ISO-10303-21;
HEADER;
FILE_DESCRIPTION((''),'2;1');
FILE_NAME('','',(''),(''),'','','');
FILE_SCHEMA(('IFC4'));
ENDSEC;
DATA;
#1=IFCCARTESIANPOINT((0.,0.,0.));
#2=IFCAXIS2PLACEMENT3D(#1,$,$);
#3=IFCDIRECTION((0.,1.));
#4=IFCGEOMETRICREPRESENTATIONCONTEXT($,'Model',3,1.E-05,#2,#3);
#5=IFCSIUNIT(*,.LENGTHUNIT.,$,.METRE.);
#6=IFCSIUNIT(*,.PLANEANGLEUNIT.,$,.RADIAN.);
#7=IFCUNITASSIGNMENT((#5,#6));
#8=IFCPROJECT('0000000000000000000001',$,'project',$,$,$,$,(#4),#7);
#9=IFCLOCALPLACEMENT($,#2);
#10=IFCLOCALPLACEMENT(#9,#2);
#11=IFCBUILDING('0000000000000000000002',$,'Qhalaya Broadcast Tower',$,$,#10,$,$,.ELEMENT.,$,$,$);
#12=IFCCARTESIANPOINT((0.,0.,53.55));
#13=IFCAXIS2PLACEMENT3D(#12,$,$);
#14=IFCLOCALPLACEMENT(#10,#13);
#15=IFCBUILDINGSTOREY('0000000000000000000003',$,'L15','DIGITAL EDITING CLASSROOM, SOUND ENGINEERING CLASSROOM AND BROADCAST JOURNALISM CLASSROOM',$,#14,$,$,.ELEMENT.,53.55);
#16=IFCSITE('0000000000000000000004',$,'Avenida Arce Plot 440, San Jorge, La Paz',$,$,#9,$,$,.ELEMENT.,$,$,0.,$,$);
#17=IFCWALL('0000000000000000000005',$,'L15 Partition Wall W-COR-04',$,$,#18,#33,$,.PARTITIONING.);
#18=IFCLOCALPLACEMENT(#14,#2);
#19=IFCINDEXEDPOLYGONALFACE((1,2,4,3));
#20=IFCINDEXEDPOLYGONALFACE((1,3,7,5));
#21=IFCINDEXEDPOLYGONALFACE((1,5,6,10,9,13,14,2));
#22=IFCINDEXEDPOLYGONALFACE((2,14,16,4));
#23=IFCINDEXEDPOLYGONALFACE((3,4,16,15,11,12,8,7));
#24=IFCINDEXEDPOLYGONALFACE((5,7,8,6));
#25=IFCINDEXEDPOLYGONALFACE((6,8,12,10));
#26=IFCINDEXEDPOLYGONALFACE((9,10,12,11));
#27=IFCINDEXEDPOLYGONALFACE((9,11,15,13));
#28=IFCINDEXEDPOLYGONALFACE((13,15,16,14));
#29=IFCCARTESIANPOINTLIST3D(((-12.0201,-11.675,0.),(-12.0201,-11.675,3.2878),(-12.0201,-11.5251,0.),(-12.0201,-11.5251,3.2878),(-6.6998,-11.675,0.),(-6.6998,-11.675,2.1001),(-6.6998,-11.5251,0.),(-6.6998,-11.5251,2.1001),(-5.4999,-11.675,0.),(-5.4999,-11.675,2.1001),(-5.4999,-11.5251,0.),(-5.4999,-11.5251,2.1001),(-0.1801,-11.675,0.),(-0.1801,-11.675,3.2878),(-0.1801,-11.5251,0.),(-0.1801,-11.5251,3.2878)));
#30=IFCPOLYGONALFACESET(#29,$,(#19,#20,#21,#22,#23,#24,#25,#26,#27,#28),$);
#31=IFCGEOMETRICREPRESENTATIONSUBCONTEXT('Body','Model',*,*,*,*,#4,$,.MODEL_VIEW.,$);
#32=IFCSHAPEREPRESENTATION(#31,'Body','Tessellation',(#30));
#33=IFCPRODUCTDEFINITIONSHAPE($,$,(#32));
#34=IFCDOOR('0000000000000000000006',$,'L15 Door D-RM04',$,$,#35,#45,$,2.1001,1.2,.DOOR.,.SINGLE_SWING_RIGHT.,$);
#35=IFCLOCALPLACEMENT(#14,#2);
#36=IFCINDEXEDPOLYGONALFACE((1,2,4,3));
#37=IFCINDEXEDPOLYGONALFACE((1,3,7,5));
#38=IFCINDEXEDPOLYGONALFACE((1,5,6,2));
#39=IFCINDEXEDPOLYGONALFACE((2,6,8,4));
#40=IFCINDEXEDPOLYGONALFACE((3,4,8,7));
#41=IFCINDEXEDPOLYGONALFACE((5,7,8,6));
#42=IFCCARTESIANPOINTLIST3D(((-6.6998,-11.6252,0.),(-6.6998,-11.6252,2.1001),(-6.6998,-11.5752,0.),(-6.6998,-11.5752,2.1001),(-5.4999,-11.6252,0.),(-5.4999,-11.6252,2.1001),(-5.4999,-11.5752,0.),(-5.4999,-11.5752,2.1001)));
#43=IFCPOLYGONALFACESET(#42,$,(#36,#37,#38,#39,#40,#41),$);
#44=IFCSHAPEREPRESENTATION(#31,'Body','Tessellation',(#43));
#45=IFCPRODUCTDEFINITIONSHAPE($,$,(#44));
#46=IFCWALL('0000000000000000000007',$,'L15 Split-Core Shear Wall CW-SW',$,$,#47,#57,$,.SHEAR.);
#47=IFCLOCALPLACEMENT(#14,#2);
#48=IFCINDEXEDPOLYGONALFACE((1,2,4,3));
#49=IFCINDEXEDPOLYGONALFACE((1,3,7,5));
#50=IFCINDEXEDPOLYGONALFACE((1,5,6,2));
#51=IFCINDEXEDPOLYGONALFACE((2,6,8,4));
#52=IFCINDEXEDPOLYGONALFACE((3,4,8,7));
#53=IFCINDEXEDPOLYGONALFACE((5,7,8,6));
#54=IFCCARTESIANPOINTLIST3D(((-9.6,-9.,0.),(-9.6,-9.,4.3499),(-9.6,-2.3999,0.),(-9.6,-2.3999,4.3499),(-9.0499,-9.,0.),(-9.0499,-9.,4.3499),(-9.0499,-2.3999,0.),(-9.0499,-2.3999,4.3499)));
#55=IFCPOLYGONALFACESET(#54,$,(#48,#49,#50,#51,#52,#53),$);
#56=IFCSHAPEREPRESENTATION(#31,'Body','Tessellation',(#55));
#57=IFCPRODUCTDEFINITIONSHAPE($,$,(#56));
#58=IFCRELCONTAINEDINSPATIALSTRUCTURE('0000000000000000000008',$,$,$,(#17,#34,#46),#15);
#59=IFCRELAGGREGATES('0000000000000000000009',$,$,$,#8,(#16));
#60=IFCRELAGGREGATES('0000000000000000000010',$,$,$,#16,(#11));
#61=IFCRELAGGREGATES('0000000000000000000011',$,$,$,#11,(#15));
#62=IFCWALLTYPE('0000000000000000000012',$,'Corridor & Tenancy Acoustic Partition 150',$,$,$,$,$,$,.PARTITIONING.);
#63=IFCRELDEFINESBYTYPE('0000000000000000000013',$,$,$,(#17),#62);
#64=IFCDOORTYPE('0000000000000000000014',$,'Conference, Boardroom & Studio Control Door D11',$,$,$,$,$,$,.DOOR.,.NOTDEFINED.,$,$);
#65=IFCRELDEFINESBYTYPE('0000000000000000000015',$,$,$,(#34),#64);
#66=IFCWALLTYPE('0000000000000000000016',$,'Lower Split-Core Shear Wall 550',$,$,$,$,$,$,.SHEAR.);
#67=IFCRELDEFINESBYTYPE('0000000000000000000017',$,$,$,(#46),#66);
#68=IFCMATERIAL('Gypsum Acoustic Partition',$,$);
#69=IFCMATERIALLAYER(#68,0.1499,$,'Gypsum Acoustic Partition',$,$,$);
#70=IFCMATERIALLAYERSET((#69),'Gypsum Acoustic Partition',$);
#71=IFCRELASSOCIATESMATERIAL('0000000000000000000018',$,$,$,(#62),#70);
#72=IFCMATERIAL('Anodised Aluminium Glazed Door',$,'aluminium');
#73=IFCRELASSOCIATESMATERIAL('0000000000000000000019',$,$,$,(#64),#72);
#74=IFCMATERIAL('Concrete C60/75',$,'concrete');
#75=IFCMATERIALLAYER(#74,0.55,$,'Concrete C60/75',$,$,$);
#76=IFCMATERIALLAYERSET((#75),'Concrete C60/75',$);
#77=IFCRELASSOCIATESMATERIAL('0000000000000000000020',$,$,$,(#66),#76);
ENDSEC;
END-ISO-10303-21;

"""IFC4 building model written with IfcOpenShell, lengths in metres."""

from ifc_helpers import new_model, si_unit, direction, frame, frame_2d, origin, place, context, subcontext, project, spatial, rectangle, extrude, material, layer, layer_set, type_object, element, fill, save


model = new_model("IFC4")

# Units and contexts
model_context = context("Model", 3, precision=1e-05, world=origin(), true_north=direction((0.0, 1.0)))
body_context = subcontext(model_context, "Body", "Model", "MODEL_VIEW")
ifc_project = project(units=[si_unit("LENGTHUNIT", "METRE"), si_unit("PLANEANGLEUNIT", "RADIAN")], contexts=[model_context])

# Site, building, storey
site_placement = place(None, origin())
site = spatial("IfcSite", under=ifc_project, at=site_placement, Name="Avenida Arce Plot 440, San Jorge, La Paz", CompositionType="ELEMENT", RefElevation=0.0)
building_placement = place(site_placement, origin())
building = spatial("IfcBuilding", under=site, at=building_placement, Name="Qhalaya Broadcast Tower", CompositionType="ELEMENT")
storey_placement = place(building_placement, frame((0.0, 0.0, 53.55)))
storey = spatial("IfcBuildingStorey", under=building, at=storey_placement, Name="L15", Description="DIGITAL EDITING CLASSROOM, SOUND ENGINEERING CLASSROOM AND BROADCAST JOURNALISM CLASSROOM", CompositionType="ELEMENT", Elevation=53.55)

# Wall, opening, door
ifc_material_1 = material(Name="Gypsum Acoustic Partition")
ifc_layer_1 = layer(ifc_material_1, 0.1499, Name="Gypsum Acoustic Partition")
ifc_layer_set_1 = layer_set([ifc_layer_1], Name="Gypsum Acoustic Partition")
wall_type_1 = type_object("IfcWallType", Name="Corridor & Tenancy Acoustic Partition 150", PredefinedType="PARTITIONING", material=ifc_layer_set_1)
wall_1_placement = place(storey_placement, frame((-12.02, -11.6001, 0.0), z_axis=(0.0, 0.0, 1.0), x_axis=(1.0, 0.0, 0.0)))
wall_1 = element("IfcWall", 1, at=wall_1_placement, inside=storey, type_object=wall_type_1, Name="L15 Partition Wall W-COR-04", PredefinedType="PARTITIONING", context=body_context, shape_type="SweptSolid", body=[
    extrude(rectangle(XDim=11.8401, YDim=0.1499, at=frame_2d((5.9199, 0.0))), origin(), (0.0, 0.0, 1.0), 3.2878),
])
opening_placement = place(wall_1_placement, frame((5.3201, 0.0, 0.0)))
opening = element("IfcOpeningElement", 2, at=opening_placement, cuts=wall_1, PredefinedType="OPENING", context=body_context, shape_type="SweptSolid", body=[
    extrude(rectangle(XDim=1.2, YDim=2.1001, at=frame_2d((0.6001, 1.05))), frame((0.0, 0.0869, 0.0), z_axis=(0.0, -1.0, 0.0), x_axis=(1.0, 0.0, 0.0)), (0.0, 0.0, 1.0), 0.1738),
])
ifc_material_2 = material(Name="Anodised Aluminium Glazed Door", Category="aluminium")
door_type = type_object("IfcDoorType", Name="Conference, Boardroom & Studio Control Door D11", OperationType="NOTDEFINED", PredefinedType="DOOR", material=ifc_material_2)
door_placement = place(opening_placement, origin())
door = element("IfcDoor", 3, at=door_placement, inside=storey, type_object=door_type, Name="L15 Door D-RM04", OperationType="SINGLE_SWING_RIGHT", OverallHeight=2.1001, OverallWidth=1.2, PredefinedType="DOOR", context=body_context, shape_type="SweptSolid", body=[
    extrude(rectangle(XDim=1.2, YDim=2.1001, at=frame_2d((0.6001, 1.05))), frame((0.0, 0.0249, 0.0), z_axis=(0.0, -1.0, 0.0), x_axis=(1.0, 0.0, 0.0)), (0.0, 0.0, 1.0), 0.05),
])
fill(opening, door)

# Wall
ifc_material_3 = material(Name="Concrete C60/75", Category="concrete")
ifc_layer_2 = layer(ifc_material_3, 0.55, Name="Concrete C60/75")
ifc_layer_set_2 = layer_set([ifc_layer_2], Name="Concrete C60/75")
wall_type_2 = type_object("IfcWallType", Name="Lower Split-Core Shear Wall 550", PredefinedType="SHEAR", material=ifc_layer_set_2)
wall_2_placement = place(storey_placement, frame((-9.325, -9.0, 0.0), z_axis=(0.0, 0.0, 1.0), x_axis=(0.0, 1.0, 0.0)))
element("IfcWall", 4, at=wall_2_placement, inside=storey, type_object=wall_type_2, Name="L15 Split-Core Shear Wall CW-SW", PredefinedType="SHEAR", context=body_context, shape_type="SweptSolid", body=[
    extrude(rectangle(XDim=6.6001, YDim=0.55, at=frame_2d((3.3, 0.0))), origin(), (0.0, 0.0, 1.0), 4.3499),
])

save(model, "model.ifc")
